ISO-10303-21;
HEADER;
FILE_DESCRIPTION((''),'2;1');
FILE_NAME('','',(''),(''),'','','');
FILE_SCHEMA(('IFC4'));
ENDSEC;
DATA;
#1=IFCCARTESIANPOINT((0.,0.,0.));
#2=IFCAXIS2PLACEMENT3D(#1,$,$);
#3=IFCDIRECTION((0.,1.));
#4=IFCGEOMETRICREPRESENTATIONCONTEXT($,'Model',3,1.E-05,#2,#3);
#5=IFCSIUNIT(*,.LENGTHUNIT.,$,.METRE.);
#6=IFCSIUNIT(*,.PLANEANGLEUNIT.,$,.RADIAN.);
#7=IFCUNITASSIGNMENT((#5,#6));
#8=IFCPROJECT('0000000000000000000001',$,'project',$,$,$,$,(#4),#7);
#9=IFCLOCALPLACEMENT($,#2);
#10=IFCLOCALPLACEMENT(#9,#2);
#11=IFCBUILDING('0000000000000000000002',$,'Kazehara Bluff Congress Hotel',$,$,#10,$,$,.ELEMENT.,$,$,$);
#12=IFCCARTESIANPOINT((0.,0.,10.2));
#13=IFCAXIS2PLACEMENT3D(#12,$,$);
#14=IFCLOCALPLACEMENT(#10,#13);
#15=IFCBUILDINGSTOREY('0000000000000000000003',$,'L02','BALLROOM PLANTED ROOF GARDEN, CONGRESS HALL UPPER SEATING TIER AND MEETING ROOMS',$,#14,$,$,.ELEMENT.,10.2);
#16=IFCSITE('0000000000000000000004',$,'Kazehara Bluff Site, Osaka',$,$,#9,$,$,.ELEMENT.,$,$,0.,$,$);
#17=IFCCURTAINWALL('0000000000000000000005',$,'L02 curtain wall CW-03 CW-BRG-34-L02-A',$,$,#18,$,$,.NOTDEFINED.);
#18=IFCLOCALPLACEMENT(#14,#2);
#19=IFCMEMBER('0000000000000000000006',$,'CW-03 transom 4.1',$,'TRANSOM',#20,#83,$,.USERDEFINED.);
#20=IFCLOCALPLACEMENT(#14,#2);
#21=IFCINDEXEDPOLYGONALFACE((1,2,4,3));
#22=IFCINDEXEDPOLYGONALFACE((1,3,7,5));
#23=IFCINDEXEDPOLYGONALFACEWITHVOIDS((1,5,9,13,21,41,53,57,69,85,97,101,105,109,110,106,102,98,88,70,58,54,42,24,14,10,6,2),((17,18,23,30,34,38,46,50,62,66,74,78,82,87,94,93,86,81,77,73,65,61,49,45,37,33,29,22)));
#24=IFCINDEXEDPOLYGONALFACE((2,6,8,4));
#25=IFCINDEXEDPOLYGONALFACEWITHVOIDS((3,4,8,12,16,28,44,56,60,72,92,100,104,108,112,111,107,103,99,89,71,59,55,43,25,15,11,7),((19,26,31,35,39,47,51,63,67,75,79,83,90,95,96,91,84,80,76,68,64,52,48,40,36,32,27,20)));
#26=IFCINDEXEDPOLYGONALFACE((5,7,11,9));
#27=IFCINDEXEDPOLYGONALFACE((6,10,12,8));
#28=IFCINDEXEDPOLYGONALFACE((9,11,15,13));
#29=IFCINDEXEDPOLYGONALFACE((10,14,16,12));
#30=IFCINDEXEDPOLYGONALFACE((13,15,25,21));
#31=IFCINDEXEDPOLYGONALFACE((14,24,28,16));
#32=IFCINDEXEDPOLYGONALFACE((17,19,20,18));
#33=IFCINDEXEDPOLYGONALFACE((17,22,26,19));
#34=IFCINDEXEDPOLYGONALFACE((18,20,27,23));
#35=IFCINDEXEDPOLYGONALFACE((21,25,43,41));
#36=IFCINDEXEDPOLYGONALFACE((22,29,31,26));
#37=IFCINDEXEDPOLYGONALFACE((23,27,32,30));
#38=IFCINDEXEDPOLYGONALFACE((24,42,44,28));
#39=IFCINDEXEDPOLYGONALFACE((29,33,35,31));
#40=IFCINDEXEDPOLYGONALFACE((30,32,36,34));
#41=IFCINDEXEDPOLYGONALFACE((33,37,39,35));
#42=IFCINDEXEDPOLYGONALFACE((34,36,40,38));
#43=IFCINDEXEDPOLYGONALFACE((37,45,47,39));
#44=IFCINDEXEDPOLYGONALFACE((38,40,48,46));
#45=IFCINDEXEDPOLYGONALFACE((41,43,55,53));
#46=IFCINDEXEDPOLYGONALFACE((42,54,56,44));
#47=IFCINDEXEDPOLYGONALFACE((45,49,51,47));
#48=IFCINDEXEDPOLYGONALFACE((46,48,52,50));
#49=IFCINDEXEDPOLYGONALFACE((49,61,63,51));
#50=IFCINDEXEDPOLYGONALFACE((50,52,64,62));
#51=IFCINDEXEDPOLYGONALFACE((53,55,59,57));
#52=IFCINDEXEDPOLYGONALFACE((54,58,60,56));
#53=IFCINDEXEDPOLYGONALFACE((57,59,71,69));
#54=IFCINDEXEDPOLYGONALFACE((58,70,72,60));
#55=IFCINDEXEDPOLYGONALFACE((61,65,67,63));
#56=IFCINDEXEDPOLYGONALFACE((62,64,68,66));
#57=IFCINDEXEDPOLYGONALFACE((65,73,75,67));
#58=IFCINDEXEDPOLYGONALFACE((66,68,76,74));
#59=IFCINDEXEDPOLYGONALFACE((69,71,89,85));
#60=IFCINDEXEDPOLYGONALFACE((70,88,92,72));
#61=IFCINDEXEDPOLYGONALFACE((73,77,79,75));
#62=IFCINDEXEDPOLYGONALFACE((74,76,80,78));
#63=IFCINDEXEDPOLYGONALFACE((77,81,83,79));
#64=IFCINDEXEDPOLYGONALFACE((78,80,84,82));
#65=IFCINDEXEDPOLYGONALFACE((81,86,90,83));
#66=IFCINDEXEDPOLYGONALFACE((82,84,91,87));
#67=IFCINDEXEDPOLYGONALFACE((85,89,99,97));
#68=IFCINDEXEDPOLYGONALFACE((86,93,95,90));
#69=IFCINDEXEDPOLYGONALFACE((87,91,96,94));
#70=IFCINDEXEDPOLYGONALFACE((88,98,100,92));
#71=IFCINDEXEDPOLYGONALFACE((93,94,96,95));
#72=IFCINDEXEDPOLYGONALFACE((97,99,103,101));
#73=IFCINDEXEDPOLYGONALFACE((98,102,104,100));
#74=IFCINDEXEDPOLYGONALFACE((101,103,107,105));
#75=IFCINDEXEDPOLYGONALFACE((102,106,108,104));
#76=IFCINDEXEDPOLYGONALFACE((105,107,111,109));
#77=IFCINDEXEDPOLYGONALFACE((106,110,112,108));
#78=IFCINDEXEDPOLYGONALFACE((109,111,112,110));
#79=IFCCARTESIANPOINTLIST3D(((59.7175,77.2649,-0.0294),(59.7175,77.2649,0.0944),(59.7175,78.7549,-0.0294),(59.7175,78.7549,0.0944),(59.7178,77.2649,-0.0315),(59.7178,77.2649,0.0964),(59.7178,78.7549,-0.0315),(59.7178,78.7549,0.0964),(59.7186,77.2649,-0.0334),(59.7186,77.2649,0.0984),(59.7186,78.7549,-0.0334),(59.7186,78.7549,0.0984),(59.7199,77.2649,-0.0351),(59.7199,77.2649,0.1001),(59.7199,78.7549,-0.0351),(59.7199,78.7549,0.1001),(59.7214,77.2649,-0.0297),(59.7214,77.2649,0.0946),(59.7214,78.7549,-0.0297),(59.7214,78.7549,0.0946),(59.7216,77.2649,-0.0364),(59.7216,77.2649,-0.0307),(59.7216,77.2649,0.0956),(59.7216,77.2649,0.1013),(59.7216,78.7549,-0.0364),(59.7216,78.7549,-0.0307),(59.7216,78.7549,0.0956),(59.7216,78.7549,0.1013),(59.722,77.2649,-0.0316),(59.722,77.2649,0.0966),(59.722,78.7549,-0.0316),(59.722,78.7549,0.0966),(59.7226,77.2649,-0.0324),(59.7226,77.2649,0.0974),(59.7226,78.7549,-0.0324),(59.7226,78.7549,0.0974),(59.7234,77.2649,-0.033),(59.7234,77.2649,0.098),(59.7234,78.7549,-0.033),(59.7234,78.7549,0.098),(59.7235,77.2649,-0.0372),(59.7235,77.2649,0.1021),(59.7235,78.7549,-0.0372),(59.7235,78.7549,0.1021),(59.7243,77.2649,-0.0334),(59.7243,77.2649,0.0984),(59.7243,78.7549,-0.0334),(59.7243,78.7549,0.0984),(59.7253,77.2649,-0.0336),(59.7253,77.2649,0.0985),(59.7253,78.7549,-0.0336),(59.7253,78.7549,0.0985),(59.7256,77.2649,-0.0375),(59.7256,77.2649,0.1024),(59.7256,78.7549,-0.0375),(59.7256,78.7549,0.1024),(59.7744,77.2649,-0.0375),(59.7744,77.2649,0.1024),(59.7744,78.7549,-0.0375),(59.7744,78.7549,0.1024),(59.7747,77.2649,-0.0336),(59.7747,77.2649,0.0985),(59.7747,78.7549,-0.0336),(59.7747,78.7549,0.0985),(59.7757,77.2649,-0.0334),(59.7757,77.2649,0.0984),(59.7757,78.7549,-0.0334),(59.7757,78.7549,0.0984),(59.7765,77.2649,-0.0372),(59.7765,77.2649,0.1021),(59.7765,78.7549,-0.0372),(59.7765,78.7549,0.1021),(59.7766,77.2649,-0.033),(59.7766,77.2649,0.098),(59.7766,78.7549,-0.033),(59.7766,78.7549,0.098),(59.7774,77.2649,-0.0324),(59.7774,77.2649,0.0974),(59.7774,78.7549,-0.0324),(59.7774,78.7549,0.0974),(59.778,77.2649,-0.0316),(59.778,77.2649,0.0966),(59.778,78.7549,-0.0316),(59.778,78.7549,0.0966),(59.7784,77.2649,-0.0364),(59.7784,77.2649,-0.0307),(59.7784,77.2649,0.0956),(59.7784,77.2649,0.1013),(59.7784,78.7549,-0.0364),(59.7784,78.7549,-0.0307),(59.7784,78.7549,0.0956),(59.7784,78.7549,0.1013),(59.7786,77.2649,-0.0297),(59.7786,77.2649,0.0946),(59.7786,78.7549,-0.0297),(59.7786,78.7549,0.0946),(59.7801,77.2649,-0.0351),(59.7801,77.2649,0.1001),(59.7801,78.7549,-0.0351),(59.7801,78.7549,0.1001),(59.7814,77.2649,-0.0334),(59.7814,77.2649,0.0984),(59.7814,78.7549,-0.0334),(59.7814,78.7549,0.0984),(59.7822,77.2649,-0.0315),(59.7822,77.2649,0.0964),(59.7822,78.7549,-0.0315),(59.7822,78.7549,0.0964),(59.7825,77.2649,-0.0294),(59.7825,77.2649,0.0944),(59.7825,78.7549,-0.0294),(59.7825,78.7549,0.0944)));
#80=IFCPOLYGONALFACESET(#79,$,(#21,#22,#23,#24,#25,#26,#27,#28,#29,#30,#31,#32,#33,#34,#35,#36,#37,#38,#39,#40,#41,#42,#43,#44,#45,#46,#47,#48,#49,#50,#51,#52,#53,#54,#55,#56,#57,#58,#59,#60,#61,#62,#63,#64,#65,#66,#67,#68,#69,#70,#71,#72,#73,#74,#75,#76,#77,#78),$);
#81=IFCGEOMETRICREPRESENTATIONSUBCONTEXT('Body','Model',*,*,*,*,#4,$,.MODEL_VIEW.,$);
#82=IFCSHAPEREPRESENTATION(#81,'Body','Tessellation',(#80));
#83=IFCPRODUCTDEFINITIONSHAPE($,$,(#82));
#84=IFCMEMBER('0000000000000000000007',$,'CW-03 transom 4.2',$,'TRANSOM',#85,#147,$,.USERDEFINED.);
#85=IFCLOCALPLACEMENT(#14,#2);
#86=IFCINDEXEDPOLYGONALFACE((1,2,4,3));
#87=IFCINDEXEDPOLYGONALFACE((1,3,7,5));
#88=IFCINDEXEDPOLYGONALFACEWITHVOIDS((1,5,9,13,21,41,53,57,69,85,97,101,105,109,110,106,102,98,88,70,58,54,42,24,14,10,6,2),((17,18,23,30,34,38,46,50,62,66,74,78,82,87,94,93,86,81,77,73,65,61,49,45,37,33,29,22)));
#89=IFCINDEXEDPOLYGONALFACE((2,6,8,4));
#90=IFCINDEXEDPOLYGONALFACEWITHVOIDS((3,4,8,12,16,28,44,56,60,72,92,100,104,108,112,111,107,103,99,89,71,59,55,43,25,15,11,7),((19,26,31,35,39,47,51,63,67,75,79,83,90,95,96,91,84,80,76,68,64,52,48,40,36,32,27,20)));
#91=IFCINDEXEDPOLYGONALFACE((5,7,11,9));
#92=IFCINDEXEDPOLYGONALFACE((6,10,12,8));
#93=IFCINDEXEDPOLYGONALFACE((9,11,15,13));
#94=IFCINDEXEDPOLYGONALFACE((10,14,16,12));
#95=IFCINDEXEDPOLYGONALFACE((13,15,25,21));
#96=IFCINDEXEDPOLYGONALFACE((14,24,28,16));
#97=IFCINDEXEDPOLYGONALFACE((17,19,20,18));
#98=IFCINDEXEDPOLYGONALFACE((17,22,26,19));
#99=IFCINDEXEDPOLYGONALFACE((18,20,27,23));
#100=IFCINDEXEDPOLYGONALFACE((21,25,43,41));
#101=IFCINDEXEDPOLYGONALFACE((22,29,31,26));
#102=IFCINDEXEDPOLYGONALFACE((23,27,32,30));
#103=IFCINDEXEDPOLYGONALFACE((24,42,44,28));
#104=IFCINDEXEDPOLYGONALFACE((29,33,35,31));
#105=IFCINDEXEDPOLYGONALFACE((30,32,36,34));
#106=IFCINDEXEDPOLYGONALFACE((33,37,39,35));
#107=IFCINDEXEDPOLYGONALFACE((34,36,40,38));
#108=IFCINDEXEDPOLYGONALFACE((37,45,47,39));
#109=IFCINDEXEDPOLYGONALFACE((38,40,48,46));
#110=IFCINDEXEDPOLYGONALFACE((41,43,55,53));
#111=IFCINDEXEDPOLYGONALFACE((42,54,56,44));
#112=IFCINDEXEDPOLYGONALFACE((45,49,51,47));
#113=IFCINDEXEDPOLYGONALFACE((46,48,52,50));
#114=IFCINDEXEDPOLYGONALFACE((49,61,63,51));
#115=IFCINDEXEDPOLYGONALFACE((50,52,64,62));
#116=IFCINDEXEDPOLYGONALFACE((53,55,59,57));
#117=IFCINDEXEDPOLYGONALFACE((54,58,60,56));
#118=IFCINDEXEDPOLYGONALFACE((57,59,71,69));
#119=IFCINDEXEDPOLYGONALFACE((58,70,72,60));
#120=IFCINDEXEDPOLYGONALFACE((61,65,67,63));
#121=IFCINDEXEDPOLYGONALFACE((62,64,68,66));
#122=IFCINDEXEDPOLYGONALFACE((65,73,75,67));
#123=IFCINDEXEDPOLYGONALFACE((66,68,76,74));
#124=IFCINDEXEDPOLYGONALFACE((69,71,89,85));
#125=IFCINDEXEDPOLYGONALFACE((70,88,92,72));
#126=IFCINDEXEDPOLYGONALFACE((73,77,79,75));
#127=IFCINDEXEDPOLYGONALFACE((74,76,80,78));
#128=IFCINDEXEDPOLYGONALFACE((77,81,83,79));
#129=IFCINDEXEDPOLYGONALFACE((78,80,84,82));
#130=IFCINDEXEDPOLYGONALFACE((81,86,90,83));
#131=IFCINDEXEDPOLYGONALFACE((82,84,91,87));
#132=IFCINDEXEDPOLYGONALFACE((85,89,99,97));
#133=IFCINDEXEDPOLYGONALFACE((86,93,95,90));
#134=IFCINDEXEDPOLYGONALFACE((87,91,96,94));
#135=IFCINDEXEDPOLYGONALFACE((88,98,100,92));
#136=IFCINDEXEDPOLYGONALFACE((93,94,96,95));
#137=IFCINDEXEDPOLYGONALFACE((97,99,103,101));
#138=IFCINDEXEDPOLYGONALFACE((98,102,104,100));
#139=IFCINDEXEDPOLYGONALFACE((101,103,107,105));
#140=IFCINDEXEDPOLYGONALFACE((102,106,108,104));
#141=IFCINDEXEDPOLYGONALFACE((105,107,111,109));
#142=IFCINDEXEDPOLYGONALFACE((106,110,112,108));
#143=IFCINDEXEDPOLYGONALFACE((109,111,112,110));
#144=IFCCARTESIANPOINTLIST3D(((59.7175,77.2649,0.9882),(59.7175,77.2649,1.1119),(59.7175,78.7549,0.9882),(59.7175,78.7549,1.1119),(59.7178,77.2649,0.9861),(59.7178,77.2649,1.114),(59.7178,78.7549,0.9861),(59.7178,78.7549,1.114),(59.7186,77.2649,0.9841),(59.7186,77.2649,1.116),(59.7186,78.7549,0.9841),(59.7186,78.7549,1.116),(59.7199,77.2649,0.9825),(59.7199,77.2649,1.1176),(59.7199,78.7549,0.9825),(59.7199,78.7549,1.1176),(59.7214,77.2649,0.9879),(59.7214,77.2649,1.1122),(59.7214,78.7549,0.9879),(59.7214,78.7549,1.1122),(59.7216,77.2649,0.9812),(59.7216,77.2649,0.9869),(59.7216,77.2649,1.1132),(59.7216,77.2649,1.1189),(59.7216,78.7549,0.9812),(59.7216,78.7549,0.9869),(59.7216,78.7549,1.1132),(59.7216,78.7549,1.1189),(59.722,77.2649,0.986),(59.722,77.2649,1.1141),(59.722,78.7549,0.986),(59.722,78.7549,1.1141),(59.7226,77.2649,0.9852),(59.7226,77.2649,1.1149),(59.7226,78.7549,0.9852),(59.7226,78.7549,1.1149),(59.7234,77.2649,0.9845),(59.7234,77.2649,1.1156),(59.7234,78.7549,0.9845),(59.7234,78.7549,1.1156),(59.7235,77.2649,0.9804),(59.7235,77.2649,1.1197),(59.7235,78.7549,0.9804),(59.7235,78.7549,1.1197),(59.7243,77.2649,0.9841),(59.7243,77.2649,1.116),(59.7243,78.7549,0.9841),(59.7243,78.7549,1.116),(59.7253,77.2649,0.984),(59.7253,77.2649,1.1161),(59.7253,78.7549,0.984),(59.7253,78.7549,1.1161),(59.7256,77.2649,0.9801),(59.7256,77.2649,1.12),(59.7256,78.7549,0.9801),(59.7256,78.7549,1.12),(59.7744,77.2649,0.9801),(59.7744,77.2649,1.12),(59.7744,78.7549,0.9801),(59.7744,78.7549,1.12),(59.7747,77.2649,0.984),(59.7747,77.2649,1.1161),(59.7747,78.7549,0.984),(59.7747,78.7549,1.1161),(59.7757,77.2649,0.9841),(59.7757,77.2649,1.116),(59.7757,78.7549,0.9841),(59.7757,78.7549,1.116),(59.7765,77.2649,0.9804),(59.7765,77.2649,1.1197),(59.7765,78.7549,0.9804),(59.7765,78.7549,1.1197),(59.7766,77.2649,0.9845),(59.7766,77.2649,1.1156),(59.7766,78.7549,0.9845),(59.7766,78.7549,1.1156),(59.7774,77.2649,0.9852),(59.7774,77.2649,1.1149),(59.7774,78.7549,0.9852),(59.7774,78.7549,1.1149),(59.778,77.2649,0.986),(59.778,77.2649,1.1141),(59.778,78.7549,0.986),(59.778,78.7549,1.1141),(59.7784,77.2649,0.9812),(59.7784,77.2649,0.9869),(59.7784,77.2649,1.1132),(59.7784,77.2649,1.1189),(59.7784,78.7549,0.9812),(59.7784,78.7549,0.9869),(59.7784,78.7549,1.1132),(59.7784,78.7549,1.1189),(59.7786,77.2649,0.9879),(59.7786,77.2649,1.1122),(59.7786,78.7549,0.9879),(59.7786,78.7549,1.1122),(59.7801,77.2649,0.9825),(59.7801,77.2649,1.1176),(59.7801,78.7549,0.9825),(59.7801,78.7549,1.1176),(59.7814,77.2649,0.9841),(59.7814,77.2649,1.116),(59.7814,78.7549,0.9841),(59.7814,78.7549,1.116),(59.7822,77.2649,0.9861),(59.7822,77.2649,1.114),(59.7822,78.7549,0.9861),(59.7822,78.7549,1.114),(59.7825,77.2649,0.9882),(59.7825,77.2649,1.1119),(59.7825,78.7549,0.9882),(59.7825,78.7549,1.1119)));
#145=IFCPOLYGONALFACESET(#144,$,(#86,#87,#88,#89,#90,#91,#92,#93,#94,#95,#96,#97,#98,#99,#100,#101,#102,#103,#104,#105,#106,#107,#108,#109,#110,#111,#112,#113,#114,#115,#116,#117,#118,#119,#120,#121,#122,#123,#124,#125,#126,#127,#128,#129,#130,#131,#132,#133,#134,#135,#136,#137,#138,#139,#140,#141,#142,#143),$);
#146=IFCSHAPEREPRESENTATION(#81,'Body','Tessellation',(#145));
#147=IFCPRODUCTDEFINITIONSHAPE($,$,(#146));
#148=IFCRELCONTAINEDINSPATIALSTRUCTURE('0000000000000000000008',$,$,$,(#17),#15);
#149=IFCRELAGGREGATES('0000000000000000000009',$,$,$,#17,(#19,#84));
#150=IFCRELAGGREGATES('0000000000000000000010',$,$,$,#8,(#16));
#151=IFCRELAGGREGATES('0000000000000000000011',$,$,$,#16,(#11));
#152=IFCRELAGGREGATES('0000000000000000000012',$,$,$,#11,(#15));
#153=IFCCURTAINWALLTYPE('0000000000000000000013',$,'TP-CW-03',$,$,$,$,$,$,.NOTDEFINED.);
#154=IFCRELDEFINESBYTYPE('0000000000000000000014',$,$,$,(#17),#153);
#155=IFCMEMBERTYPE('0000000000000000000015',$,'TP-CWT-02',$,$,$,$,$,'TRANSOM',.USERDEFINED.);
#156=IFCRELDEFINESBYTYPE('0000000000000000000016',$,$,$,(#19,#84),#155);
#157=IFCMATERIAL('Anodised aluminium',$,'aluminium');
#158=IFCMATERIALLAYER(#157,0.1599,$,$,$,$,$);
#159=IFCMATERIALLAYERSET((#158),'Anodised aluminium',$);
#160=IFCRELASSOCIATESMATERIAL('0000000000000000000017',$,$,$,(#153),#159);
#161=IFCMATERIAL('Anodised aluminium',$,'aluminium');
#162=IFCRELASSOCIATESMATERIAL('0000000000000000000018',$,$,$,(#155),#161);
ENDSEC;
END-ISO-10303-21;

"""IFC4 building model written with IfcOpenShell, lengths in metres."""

from ifc_helpers import new_model, si_unit, direction, frame, origin, origin_2d, place, context, subcontext, project, spatial, hollow_rectangle, extrude, material, layer, layer_set, material_profile, profile_set, type_object, element, aggregate, save


model = new_model("IFC4")

# Units and contexts
model_context = context("Model", 3, precision=1e-05, world=origin(), true_north=direction((0.0, 1.0)))
body_context = subcontext(model_context, "Body", "Model", "MODEL_VIEW")
ifc_project = project(units=[si_unit("LENGTHUNIT", "METRE"), si_unit("PLANEANGLEUNIT", "RADIAN")], contexts=[model_context])

# Site, building, storey
site_placement = place(None, origin())
site = spatial("IfcSite", under=ifc_project, at=site_placement, Name="Kazehara Bluff Site, Osaka", CompositionType="ELEMENT", RefElevation=0.0)
building_placement = place(site_placement, origin())
building = spatial("IfcBuilding", under=site, at=building_placement, Name="Kazehara Bluff Congress Hotel", CompositionType="ELEMENT")
storey_placement = place(building_placement, frame((0.0, 0.0, 10.2)))
storey = spatial("IfcBuildingStorey", under=building, at=storey_placement, Name="L02", Description="BALLROOM PLANTED ROOF GARDEN, CONGRESS HALL UPPER SEATING TIER AND MEETING ROOMS", CompositionType="ELEMENT", Elevation=10.2)

# Curtain wall
ifc_material_1 = material(Name="Anodised aluminium", Category="aluminium")
ifc_layer_1 = layer(ifc_material_1, 0.1599)
ifc_layer_set_1 = layer_set([ifc_layer_1], Name="Anodised aluminium")
curtain_wall_type_1 = type_object("IfcCurtainWallType", Name="TP-CW-03", PredefinedType="NOTDEFINED", material=ifc_layer_set_1)
curtain_wall_1_placement = place(storey_placement, origin())
curtain_wall_1 = element("IfcCurtainWall", 1, at=curtain_wall_1_placement, inside=storey, type_object=curtain_wall_type_1, Name="L02 curtain wall CW-03 CW-BRG-34-L02-A", PredefinedType="NOTDEFINED")

# Members
ifc_material_2 = material(Name="Anodised aluminium", Category="aluminium")
ifc_material_profile_1 = material_profile(ifc_material_2, hollow_rectangle(XDim=0.0649, YDim=0.1399, WallThickness=0.0039, InnerFilletRadius=0.0039, OuterFilletRadius=0.0081, at=origin_2d()))
ifc_profile_set_1 = profile_set([ifc_material_profile_1], Name="Anodised aluminium")
member_type_1 = type_object("IfcMemberType", Name="TP-CWT-02", ElementType="TRANSOM", PredefinedType="USERDEFINED", material=ifc_profile_set_1)
member_1_placement = place(storey_placement, frame((59.75, 77.2649, 0.0325), z_axis=(0.0, 1.0, 0.0), x_axis=(-1.0, 0.0, 0.0)))
member_1 = element("IfcMember", 2, at=member_1_placement, type_object=member_type_1, Name="CW-03 transom 4.1", ObjectType="TRANSOM", PredefinedType="USERDEFINED", context=body_context, shape_type="SweptSolid", body=[
    extrude(hollow_rectangle(XDim=0.0649, YDim=0.1399, WallThickness=0.0039, InnerFilletRadius=0.0039, OuterFilletRadius=0.0081, at=origin_2d()), origin(), (0.0, 0.0, 1.0), 1.49),
])
member_2_placement = place(storey_placement, frame((59.75, 77.2649, 1.05), z_axis=(0.0, 1.0, 0.0), x_axis=(-1.0, 0.0, 0.0)))
member_2 = element("IfcMember", 3, at=member_2_placement, type_object=member_type_1, Name="CW-03 transom 4.2", ObjectType="TRANSOM", PredefinedType="USERDEFINED", context=body_context, shape_type="SweptSolid", body=[
    extrude(hollow_rectangle(XDim=0.0649, YDim=0.1399, WallThickness=0.0039, InnerFilletRadius=0.0039, OuterFilletRadius=0.0081, at=origin_2d()), origin(), (0.0, 0.0, 1.0), 1.49),
])

aggregate(curtain_wall_1, [member_1, member_2])

save(model, "model.ifc")
